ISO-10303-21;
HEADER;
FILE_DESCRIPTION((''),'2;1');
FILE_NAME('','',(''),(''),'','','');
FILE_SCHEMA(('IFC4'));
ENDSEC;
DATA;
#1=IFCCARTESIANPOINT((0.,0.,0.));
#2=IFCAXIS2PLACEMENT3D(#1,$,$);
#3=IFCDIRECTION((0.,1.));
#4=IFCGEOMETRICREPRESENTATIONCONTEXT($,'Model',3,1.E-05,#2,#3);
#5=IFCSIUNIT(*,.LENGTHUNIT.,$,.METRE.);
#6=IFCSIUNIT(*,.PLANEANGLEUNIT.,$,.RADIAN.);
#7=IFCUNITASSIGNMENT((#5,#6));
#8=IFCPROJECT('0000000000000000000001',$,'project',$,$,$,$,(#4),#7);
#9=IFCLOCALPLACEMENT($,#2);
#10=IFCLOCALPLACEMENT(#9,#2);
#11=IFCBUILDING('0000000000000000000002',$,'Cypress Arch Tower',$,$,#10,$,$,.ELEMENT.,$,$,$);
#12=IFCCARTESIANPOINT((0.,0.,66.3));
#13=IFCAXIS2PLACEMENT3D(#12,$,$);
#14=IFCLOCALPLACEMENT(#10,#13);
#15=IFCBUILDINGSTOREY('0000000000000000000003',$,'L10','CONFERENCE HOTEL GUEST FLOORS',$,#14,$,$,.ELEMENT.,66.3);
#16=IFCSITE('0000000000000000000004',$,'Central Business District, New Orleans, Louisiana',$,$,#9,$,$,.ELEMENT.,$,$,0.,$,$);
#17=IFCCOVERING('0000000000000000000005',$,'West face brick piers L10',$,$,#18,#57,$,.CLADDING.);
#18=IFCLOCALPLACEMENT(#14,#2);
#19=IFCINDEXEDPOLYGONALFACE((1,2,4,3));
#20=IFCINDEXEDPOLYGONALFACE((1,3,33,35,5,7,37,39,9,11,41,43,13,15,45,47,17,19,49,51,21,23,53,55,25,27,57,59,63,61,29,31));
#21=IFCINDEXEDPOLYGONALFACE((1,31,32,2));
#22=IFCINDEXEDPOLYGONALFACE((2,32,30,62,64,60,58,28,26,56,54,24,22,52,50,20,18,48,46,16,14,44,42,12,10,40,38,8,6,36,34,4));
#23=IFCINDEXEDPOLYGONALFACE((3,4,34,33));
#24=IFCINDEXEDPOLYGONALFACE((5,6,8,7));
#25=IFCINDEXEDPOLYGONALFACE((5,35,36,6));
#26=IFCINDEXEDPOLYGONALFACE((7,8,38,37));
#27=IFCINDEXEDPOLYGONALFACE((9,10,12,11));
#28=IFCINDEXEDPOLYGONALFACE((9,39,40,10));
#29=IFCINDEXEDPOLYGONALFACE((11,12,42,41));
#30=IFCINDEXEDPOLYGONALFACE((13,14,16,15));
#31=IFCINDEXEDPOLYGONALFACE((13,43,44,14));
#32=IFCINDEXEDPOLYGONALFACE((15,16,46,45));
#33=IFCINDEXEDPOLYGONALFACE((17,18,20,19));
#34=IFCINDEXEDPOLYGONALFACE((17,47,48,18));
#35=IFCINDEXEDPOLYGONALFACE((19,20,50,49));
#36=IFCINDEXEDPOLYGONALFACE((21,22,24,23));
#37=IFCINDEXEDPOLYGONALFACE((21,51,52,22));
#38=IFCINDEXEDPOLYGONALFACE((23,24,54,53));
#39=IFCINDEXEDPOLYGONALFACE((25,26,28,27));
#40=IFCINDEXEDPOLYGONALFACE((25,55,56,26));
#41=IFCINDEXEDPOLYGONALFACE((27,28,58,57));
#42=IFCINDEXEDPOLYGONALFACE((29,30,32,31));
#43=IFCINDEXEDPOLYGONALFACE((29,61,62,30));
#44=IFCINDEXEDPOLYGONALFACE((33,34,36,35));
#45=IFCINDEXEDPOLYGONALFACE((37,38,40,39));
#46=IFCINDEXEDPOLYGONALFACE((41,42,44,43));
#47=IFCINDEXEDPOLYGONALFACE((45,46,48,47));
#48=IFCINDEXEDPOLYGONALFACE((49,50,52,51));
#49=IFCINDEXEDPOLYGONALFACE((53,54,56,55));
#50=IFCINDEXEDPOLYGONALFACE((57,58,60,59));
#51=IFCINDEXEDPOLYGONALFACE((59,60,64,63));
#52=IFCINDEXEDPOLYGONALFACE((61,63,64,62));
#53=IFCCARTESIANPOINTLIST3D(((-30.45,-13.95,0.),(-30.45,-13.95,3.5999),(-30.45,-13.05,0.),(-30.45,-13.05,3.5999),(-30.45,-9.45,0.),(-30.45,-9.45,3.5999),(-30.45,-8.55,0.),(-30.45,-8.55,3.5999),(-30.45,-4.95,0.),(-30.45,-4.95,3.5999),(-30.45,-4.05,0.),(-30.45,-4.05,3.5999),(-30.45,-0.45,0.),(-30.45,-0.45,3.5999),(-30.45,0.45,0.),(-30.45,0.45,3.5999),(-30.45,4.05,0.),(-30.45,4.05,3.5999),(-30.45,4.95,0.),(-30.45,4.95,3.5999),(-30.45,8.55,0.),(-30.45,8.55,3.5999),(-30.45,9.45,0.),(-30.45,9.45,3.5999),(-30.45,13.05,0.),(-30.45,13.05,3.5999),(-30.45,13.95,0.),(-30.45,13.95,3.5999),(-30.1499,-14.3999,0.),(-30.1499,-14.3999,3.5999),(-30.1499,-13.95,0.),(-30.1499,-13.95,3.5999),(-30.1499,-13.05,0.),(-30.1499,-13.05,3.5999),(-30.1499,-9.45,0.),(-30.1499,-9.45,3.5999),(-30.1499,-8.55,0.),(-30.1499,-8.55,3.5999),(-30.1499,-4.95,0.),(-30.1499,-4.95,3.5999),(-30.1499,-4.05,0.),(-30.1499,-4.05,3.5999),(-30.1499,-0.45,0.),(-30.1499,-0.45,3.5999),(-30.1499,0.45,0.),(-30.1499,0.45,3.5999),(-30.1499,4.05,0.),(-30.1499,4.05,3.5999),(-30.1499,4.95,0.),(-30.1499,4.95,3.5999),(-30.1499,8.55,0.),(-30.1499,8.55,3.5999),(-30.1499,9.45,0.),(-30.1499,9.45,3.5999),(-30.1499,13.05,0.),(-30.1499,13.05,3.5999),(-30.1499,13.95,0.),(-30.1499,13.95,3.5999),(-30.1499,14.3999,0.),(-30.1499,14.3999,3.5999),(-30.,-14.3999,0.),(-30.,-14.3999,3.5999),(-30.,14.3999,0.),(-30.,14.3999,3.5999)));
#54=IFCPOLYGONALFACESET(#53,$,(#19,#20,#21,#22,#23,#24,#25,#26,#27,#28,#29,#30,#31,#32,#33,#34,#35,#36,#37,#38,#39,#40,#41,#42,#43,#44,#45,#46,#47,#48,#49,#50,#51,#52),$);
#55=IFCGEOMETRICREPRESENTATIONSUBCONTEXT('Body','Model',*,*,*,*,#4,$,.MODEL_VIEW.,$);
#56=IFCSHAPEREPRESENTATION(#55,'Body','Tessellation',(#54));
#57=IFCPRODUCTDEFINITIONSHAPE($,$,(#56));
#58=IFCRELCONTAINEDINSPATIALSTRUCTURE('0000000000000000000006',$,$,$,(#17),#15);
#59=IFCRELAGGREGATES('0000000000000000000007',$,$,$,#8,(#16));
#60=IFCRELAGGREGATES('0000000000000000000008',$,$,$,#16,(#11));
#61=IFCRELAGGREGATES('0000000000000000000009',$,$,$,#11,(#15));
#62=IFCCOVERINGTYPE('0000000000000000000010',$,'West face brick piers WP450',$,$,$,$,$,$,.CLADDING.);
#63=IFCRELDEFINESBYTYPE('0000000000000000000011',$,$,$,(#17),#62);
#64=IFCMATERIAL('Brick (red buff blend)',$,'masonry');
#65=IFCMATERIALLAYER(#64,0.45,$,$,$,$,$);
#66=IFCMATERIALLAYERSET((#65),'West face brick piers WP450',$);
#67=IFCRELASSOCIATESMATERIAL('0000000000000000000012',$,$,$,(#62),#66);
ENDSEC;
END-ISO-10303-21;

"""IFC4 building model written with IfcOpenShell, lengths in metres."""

from ifc_helpers import new_model, si_unit, direction, frame, origin, place, context, subcontext, project, spatial, polyline, outline, extrude, material, layer, layer_set, type_object, element, save


model = new_model("IFC4")

# Units and contexts
model_context = context("Model", 3, precision=1e-05, world=origin(), true_north=direction((0.0, 1.0)))
body_context = subcontext(model_context, "Body", "Model", "MODEL_VIEW")
ifc_project = project(units=[si_unit("LENGTHUNIT", "METRE"), si_unit("PLANEANGLEUNIT", "RADIAN")], contexts=[model_context])

# Site, building, storey
site_placement = place(None, origin())
site = spatial("IfcSite", under=ifc_project, at=site_placement, Name="Central Business District, New Orleans, Louisiana", CompositionType="ELEMENT", RefElevation=0.0)
building_placement = place(site_placement, origin())
building = spatial("IfcBuilding", under=site, at=building_placement, Name="Cypress Arch Tower", CompositionType="ELEMENT")
storey_placement = place(building_placement, frame((0.0, 0.0, 66.3)))
storey = spatial("IfcBuildingStorey", under=building, at=storey_placement, Name="L10", Description="CONFERENCE HOTEL GUEST FLOORS", CompositionType="ELEMENT", Elevation=66.3)

# Covering
ifc_material_1 = material(Name="Brick (red buff blend)", Category="masonry")
ifc_layer_1 = layer(ifc_material_1, 0.45)
ifc_layer_set_1 = layer_set([ifc_layer_1], Name="West face brick piers WP450")
covering_type_1 = type_object("IfcCoveringType", Name="West face brick piers WP450", PredefinedType="CLADDING", material=ifc_layer_set_1)
covering_1_placement = place(storey_placement, origin())
element("IfcCovering", 1, at=covering_1_placement, inside=storey, type_object=covering_type_1, Name="West face brick piers L10", PredefinedType="CLADDING", context=body_context, shape_type="SweptSolid", body=[
    extrude(outline(polyline([(-30.1499, -13.05), (-30.1499, -9.45), (-30.45, -9.45), (-30.45, -8.55), (-30.1499, -8.55), (-30.1499, -4.95), (-30.45, -4.95), (-30.45, -4.05), (-30.1499, -4.05), (-30.1499, -0.45), (-30.45, -0.45), (-30.45, 0.45), (-30.1499, 0.45), (-30.1499, 4.05), (-30.45, 4.05), (-30.45, 4.95), (-30.1499, 4.95), (-30.1499, 8.55), (-30.45, 8.55), (-30.45, 9.45), (-30.1499, 9.45), (-30.1499, 13.05), (-30.45, 13.05), (-30.45, 13.95), (-30.1499, 13.95), (-30.1499, 14.3999), (-30.0, 14.3999), (-30.0, -14.3999), (-30.1499, -14.3999), (-30.1499, -13.95), (-30.45, -13.95), (-30.45, -13.05), (-30.1499, -13.05)])), origin(), (0.0, 0.0, 1.0), 3.5999),
])

save(model, "model.ifc")
